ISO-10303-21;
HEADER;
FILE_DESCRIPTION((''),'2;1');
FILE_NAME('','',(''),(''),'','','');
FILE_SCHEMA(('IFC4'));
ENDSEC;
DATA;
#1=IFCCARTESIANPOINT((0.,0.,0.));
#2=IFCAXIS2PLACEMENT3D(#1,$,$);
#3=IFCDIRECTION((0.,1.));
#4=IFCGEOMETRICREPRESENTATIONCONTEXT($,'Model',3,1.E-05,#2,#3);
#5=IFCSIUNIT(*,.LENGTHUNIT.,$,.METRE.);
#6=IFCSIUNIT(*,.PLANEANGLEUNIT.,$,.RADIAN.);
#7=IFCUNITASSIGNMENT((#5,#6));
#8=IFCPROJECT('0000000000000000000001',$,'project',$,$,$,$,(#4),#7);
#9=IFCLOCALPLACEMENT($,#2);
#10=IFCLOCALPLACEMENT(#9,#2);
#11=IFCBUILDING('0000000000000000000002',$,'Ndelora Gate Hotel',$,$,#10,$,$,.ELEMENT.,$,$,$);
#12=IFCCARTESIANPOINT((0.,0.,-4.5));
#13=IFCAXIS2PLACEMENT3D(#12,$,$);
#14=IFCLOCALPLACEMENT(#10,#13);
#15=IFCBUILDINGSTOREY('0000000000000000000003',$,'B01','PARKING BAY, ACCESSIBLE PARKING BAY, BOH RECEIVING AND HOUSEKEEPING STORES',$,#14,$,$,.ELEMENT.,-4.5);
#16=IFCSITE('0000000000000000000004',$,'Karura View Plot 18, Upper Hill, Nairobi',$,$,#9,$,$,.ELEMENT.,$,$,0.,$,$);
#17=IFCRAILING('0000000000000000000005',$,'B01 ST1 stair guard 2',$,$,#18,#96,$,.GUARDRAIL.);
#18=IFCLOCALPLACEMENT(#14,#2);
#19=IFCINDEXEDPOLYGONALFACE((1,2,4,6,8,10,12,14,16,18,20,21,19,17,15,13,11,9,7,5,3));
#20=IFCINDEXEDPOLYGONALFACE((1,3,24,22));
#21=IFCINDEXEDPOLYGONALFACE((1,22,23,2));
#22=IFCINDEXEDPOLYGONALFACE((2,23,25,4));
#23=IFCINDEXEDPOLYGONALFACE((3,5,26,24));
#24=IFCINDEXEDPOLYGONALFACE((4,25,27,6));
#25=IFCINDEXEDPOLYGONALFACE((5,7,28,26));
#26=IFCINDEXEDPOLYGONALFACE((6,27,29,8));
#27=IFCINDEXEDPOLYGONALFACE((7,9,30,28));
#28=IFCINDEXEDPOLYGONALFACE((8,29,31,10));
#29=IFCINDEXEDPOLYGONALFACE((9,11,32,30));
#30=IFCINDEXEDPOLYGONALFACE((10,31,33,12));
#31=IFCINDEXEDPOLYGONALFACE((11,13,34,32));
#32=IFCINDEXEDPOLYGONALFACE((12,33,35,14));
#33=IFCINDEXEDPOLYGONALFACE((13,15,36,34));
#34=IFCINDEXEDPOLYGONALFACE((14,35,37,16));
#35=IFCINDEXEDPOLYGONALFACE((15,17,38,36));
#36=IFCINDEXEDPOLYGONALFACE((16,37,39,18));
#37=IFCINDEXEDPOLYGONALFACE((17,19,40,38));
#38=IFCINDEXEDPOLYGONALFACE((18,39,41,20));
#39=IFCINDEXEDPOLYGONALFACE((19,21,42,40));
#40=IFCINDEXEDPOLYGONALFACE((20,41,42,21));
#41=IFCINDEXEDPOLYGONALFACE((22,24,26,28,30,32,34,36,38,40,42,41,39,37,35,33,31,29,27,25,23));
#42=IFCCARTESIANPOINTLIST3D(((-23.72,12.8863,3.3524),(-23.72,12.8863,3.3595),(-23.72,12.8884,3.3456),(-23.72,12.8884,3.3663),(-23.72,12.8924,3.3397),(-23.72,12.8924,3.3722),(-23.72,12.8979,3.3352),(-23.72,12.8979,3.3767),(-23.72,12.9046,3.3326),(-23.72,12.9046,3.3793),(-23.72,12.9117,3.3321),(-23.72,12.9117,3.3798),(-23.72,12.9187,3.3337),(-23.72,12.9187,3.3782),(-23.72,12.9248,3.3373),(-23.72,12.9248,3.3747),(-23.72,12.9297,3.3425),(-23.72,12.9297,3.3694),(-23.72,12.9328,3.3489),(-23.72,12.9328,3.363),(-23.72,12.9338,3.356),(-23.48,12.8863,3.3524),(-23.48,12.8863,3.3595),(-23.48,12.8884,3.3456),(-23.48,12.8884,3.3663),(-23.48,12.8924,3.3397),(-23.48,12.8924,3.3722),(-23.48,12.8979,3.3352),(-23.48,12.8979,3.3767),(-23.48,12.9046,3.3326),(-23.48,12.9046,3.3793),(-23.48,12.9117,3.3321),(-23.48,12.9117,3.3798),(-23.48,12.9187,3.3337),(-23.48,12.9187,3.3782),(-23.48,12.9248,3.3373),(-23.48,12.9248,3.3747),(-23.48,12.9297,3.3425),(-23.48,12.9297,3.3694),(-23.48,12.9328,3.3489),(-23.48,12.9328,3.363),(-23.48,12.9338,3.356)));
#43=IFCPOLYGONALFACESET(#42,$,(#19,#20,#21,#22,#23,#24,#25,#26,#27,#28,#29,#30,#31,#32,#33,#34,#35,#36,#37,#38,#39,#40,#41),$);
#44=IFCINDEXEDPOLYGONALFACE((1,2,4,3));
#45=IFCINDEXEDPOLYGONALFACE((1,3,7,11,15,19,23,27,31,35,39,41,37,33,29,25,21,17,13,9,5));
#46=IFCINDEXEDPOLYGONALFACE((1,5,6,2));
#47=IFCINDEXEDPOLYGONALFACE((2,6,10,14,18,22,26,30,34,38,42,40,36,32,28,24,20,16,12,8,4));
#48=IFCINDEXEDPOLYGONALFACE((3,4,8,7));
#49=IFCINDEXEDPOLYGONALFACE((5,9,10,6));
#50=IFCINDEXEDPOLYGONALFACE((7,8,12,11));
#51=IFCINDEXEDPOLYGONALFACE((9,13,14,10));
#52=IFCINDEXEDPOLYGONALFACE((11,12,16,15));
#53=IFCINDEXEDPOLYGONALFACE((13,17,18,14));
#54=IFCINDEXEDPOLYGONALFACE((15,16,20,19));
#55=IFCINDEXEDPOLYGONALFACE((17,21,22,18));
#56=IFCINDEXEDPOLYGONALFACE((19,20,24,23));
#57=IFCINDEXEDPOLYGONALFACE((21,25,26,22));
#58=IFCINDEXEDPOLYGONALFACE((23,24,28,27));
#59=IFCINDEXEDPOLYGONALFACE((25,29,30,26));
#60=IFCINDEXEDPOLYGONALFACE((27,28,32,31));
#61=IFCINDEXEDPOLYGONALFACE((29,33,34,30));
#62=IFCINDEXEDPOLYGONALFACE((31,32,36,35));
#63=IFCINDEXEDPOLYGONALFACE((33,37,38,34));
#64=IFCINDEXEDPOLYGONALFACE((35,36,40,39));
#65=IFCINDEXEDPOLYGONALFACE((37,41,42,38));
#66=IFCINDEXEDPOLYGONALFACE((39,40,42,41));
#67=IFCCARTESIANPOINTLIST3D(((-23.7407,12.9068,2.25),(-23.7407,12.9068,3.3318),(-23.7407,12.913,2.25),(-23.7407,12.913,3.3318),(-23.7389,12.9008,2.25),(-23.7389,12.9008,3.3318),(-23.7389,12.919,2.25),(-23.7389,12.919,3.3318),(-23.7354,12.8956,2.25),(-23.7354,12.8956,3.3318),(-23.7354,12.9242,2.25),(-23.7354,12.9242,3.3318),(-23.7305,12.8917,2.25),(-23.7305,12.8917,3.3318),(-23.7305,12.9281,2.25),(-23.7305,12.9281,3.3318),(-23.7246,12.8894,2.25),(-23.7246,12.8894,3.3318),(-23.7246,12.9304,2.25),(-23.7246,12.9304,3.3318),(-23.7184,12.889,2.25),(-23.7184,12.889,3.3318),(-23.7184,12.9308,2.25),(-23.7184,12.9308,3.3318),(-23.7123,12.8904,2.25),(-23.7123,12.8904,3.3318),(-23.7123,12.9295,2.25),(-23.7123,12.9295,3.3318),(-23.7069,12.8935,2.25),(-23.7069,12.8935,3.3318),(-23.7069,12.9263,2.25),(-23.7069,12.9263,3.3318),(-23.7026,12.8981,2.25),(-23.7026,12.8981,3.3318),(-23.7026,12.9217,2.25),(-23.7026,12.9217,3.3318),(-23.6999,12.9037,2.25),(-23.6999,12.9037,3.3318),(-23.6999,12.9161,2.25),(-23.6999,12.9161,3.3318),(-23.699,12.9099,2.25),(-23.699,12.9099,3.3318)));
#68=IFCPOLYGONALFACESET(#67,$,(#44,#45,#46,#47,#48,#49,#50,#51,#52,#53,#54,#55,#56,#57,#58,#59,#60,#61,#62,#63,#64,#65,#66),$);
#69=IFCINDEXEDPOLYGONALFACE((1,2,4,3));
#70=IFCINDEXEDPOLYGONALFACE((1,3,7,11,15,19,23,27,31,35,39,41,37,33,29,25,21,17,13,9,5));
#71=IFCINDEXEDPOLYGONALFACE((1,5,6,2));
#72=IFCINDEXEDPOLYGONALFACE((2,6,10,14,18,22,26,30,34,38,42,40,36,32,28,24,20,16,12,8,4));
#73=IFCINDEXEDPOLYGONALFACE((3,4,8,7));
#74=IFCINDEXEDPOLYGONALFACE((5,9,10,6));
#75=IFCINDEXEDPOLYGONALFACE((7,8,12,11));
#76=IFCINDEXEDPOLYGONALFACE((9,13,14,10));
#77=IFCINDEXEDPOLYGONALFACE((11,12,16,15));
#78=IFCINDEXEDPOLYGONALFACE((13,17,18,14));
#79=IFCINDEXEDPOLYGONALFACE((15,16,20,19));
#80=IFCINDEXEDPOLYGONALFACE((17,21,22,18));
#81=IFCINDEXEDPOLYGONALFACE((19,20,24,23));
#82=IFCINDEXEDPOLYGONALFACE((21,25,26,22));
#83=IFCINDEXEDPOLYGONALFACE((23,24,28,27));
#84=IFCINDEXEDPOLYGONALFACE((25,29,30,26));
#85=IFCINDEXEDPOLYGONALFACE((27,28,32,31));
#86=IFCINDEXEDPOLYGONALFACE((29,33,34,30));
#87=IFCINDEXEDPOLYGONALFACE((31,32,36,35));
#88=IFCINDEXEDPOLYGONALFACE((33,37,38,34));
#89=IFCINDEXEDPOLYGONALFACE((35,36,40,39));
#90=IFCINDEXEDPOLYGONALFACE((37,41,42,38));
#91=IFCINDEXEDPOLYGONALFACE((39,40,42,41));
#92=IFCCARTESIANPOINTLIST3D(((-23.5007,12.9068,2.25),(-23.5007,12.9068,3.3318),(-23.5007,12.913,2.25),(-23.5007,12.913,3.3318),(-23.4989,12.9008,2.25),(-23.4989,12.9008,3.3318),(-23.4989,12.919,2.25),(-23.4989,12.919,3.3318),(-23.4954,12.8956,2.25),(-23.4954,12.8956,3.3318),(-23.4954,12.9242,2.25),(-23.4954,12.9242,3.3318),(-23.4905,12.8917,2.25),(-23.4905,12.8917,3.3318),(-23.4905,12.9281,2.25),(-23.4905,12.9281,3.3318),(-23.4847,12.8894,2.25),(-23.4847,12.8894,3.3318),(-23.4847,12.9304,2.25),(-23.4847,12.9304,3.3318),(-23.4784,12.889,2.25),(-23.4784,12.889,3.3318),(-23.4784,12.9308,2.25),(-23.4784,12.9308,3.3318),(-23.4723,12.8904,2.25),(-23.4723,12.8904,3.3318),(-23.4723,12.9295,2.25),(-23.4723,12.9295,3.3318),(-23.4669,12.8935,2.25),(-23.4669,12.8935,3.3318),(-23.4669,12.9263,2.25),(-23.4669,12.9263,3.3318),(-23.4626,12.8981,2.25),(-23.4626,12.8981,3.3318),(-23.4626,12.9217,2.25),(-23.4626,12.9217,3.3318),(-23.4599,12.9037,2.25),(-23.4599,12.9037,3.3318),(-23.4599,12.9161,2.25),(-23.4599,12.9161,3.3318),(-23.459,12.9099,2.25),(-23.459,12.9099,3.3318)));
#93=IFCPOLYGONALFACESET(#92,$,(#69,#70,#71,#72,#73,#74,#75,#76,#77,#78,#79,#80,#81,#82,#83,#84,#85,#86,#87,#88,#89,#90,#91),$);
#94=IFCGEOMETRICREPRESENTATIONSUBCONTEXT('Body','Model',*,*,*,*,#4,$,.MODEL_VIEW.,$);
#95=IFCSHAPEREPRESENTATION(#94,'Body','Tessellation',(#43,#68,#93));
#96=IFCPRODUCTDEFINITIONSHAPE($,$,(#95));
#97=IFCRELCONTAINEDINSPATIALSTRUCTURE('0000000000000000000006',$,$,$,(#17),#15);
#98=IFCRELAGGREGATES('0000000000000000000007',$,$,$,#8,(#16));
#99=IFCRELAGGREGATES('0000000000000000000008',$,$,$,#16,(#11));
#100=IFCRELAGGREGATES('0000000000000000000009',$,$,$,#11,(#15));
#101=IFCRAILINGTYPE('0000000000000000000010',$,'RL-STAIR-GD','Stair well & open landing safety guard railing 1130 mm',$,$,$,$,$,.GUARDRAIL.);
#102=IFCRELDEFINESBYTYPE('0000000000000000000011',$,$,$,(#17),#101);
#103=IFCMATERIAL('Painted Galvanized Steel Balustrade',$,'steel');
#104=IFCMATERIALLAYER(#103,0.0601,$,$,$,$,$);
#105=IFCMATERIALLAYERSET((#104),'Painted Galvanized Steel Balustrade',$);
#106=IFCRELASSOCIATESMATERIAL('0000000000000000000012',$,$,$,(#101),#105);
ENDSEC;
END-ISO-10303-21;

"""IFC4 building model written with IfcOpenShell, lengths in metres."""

from ifc_helpers import new_model, si_unit, direction, frame, origin, origin_2d, place, context, subcontext, project, spatial, circle, extrude, material, layer, layer_set, type_object, element, save


model = new_model("IFC4")

# Units and contexts
model_context = context("Model", 3, precision=1e-05, world=origin(), true_north=direction((0.0, 1.0)))
body_context = subcontext(model_context, "Body", "Model", "MODEL_VIEW")
ifc_project = project(units=[si_unit("LENGTHUNIT", "METRE"), si_unit("PLANEANGLEUNIT", "RADIAN")], contexts=[model_context])

# Site, building, storey
site_placement = place(None, origin())
site = spatial("IfcSite", under=ifc_project, at=site_placement, Name="Karura View Plot 18, Upper Hill, Nairobi", CompositionType="ELEMENT", RefElevation=0.0)
building_placement = place(site_placement, origin())
building = spatial("IfcBuilding", under=site, at=building_placement, Name="Ndelora Gate Hotel", CompositionType="ELEMENT")
storey_placement = place(building_placement, frame((0.0, 0.0, -4.5)))
storey = spatial("IfcBuildingStorey", under=building, at=storey_placement, Name="B01", Description="PARKING BAY, ACCESSIBLE PARKING BAY, BOH RECEIVING AND HOUSEKEEPING STORES", CompositionType="ELEMENT", Elevation=-4.5)

# Railing
ifc_material_1 = material(Name="Painted Galvanized Steel Balustrade", Category="steel")
ifc_layer_1 = layer(ifc_material_1, 0.0601)
ifc_layer_set_1 = layer_set([ifc_layer_1], Name="Painted Galvanized Steel Balustrade")
railing_type_1 = type_object("IfcRailingType", Name="RL-STAIR-GD", Description="Stair well & open landing safety guard railing 1130 mm", PredefinedType="GUARDRAIL", material=ifc_layer_set_1)
railing_1_placement = place(storey_placement, frame((-23.72, 12.9099, 2.25)))
element("IfcRailing", 1, at=railing_1_placement, inside=storey, type_object=railing_type_1, Name="B01 ST1 stair guard 2", PredefinedType="GUARDRAIL", context=body_context, shape_type="SweptSolid", body=[
    extrude(circle(Radius=0.0239, at=origin_2d()), frame((0.0, 0.0, 1.106), z_axis=(1.0, 0.0, 0.0), x_axis=(0.0, 1.0, 0.0)), (0.0, 0.0, 1.0), 0.24),
    extrude(circle(Radius=0.021, at=origin_2d()), origin(), (0.0, 0.0, 1.0), 1.0818),
    extrude(circle(Radius=0.021, at=origin_2d()), frame((0.24, 0.0, 0.0)), (0.0, 0.0, 1.0), 1.0818),
])

save(model, "model.ifc")
